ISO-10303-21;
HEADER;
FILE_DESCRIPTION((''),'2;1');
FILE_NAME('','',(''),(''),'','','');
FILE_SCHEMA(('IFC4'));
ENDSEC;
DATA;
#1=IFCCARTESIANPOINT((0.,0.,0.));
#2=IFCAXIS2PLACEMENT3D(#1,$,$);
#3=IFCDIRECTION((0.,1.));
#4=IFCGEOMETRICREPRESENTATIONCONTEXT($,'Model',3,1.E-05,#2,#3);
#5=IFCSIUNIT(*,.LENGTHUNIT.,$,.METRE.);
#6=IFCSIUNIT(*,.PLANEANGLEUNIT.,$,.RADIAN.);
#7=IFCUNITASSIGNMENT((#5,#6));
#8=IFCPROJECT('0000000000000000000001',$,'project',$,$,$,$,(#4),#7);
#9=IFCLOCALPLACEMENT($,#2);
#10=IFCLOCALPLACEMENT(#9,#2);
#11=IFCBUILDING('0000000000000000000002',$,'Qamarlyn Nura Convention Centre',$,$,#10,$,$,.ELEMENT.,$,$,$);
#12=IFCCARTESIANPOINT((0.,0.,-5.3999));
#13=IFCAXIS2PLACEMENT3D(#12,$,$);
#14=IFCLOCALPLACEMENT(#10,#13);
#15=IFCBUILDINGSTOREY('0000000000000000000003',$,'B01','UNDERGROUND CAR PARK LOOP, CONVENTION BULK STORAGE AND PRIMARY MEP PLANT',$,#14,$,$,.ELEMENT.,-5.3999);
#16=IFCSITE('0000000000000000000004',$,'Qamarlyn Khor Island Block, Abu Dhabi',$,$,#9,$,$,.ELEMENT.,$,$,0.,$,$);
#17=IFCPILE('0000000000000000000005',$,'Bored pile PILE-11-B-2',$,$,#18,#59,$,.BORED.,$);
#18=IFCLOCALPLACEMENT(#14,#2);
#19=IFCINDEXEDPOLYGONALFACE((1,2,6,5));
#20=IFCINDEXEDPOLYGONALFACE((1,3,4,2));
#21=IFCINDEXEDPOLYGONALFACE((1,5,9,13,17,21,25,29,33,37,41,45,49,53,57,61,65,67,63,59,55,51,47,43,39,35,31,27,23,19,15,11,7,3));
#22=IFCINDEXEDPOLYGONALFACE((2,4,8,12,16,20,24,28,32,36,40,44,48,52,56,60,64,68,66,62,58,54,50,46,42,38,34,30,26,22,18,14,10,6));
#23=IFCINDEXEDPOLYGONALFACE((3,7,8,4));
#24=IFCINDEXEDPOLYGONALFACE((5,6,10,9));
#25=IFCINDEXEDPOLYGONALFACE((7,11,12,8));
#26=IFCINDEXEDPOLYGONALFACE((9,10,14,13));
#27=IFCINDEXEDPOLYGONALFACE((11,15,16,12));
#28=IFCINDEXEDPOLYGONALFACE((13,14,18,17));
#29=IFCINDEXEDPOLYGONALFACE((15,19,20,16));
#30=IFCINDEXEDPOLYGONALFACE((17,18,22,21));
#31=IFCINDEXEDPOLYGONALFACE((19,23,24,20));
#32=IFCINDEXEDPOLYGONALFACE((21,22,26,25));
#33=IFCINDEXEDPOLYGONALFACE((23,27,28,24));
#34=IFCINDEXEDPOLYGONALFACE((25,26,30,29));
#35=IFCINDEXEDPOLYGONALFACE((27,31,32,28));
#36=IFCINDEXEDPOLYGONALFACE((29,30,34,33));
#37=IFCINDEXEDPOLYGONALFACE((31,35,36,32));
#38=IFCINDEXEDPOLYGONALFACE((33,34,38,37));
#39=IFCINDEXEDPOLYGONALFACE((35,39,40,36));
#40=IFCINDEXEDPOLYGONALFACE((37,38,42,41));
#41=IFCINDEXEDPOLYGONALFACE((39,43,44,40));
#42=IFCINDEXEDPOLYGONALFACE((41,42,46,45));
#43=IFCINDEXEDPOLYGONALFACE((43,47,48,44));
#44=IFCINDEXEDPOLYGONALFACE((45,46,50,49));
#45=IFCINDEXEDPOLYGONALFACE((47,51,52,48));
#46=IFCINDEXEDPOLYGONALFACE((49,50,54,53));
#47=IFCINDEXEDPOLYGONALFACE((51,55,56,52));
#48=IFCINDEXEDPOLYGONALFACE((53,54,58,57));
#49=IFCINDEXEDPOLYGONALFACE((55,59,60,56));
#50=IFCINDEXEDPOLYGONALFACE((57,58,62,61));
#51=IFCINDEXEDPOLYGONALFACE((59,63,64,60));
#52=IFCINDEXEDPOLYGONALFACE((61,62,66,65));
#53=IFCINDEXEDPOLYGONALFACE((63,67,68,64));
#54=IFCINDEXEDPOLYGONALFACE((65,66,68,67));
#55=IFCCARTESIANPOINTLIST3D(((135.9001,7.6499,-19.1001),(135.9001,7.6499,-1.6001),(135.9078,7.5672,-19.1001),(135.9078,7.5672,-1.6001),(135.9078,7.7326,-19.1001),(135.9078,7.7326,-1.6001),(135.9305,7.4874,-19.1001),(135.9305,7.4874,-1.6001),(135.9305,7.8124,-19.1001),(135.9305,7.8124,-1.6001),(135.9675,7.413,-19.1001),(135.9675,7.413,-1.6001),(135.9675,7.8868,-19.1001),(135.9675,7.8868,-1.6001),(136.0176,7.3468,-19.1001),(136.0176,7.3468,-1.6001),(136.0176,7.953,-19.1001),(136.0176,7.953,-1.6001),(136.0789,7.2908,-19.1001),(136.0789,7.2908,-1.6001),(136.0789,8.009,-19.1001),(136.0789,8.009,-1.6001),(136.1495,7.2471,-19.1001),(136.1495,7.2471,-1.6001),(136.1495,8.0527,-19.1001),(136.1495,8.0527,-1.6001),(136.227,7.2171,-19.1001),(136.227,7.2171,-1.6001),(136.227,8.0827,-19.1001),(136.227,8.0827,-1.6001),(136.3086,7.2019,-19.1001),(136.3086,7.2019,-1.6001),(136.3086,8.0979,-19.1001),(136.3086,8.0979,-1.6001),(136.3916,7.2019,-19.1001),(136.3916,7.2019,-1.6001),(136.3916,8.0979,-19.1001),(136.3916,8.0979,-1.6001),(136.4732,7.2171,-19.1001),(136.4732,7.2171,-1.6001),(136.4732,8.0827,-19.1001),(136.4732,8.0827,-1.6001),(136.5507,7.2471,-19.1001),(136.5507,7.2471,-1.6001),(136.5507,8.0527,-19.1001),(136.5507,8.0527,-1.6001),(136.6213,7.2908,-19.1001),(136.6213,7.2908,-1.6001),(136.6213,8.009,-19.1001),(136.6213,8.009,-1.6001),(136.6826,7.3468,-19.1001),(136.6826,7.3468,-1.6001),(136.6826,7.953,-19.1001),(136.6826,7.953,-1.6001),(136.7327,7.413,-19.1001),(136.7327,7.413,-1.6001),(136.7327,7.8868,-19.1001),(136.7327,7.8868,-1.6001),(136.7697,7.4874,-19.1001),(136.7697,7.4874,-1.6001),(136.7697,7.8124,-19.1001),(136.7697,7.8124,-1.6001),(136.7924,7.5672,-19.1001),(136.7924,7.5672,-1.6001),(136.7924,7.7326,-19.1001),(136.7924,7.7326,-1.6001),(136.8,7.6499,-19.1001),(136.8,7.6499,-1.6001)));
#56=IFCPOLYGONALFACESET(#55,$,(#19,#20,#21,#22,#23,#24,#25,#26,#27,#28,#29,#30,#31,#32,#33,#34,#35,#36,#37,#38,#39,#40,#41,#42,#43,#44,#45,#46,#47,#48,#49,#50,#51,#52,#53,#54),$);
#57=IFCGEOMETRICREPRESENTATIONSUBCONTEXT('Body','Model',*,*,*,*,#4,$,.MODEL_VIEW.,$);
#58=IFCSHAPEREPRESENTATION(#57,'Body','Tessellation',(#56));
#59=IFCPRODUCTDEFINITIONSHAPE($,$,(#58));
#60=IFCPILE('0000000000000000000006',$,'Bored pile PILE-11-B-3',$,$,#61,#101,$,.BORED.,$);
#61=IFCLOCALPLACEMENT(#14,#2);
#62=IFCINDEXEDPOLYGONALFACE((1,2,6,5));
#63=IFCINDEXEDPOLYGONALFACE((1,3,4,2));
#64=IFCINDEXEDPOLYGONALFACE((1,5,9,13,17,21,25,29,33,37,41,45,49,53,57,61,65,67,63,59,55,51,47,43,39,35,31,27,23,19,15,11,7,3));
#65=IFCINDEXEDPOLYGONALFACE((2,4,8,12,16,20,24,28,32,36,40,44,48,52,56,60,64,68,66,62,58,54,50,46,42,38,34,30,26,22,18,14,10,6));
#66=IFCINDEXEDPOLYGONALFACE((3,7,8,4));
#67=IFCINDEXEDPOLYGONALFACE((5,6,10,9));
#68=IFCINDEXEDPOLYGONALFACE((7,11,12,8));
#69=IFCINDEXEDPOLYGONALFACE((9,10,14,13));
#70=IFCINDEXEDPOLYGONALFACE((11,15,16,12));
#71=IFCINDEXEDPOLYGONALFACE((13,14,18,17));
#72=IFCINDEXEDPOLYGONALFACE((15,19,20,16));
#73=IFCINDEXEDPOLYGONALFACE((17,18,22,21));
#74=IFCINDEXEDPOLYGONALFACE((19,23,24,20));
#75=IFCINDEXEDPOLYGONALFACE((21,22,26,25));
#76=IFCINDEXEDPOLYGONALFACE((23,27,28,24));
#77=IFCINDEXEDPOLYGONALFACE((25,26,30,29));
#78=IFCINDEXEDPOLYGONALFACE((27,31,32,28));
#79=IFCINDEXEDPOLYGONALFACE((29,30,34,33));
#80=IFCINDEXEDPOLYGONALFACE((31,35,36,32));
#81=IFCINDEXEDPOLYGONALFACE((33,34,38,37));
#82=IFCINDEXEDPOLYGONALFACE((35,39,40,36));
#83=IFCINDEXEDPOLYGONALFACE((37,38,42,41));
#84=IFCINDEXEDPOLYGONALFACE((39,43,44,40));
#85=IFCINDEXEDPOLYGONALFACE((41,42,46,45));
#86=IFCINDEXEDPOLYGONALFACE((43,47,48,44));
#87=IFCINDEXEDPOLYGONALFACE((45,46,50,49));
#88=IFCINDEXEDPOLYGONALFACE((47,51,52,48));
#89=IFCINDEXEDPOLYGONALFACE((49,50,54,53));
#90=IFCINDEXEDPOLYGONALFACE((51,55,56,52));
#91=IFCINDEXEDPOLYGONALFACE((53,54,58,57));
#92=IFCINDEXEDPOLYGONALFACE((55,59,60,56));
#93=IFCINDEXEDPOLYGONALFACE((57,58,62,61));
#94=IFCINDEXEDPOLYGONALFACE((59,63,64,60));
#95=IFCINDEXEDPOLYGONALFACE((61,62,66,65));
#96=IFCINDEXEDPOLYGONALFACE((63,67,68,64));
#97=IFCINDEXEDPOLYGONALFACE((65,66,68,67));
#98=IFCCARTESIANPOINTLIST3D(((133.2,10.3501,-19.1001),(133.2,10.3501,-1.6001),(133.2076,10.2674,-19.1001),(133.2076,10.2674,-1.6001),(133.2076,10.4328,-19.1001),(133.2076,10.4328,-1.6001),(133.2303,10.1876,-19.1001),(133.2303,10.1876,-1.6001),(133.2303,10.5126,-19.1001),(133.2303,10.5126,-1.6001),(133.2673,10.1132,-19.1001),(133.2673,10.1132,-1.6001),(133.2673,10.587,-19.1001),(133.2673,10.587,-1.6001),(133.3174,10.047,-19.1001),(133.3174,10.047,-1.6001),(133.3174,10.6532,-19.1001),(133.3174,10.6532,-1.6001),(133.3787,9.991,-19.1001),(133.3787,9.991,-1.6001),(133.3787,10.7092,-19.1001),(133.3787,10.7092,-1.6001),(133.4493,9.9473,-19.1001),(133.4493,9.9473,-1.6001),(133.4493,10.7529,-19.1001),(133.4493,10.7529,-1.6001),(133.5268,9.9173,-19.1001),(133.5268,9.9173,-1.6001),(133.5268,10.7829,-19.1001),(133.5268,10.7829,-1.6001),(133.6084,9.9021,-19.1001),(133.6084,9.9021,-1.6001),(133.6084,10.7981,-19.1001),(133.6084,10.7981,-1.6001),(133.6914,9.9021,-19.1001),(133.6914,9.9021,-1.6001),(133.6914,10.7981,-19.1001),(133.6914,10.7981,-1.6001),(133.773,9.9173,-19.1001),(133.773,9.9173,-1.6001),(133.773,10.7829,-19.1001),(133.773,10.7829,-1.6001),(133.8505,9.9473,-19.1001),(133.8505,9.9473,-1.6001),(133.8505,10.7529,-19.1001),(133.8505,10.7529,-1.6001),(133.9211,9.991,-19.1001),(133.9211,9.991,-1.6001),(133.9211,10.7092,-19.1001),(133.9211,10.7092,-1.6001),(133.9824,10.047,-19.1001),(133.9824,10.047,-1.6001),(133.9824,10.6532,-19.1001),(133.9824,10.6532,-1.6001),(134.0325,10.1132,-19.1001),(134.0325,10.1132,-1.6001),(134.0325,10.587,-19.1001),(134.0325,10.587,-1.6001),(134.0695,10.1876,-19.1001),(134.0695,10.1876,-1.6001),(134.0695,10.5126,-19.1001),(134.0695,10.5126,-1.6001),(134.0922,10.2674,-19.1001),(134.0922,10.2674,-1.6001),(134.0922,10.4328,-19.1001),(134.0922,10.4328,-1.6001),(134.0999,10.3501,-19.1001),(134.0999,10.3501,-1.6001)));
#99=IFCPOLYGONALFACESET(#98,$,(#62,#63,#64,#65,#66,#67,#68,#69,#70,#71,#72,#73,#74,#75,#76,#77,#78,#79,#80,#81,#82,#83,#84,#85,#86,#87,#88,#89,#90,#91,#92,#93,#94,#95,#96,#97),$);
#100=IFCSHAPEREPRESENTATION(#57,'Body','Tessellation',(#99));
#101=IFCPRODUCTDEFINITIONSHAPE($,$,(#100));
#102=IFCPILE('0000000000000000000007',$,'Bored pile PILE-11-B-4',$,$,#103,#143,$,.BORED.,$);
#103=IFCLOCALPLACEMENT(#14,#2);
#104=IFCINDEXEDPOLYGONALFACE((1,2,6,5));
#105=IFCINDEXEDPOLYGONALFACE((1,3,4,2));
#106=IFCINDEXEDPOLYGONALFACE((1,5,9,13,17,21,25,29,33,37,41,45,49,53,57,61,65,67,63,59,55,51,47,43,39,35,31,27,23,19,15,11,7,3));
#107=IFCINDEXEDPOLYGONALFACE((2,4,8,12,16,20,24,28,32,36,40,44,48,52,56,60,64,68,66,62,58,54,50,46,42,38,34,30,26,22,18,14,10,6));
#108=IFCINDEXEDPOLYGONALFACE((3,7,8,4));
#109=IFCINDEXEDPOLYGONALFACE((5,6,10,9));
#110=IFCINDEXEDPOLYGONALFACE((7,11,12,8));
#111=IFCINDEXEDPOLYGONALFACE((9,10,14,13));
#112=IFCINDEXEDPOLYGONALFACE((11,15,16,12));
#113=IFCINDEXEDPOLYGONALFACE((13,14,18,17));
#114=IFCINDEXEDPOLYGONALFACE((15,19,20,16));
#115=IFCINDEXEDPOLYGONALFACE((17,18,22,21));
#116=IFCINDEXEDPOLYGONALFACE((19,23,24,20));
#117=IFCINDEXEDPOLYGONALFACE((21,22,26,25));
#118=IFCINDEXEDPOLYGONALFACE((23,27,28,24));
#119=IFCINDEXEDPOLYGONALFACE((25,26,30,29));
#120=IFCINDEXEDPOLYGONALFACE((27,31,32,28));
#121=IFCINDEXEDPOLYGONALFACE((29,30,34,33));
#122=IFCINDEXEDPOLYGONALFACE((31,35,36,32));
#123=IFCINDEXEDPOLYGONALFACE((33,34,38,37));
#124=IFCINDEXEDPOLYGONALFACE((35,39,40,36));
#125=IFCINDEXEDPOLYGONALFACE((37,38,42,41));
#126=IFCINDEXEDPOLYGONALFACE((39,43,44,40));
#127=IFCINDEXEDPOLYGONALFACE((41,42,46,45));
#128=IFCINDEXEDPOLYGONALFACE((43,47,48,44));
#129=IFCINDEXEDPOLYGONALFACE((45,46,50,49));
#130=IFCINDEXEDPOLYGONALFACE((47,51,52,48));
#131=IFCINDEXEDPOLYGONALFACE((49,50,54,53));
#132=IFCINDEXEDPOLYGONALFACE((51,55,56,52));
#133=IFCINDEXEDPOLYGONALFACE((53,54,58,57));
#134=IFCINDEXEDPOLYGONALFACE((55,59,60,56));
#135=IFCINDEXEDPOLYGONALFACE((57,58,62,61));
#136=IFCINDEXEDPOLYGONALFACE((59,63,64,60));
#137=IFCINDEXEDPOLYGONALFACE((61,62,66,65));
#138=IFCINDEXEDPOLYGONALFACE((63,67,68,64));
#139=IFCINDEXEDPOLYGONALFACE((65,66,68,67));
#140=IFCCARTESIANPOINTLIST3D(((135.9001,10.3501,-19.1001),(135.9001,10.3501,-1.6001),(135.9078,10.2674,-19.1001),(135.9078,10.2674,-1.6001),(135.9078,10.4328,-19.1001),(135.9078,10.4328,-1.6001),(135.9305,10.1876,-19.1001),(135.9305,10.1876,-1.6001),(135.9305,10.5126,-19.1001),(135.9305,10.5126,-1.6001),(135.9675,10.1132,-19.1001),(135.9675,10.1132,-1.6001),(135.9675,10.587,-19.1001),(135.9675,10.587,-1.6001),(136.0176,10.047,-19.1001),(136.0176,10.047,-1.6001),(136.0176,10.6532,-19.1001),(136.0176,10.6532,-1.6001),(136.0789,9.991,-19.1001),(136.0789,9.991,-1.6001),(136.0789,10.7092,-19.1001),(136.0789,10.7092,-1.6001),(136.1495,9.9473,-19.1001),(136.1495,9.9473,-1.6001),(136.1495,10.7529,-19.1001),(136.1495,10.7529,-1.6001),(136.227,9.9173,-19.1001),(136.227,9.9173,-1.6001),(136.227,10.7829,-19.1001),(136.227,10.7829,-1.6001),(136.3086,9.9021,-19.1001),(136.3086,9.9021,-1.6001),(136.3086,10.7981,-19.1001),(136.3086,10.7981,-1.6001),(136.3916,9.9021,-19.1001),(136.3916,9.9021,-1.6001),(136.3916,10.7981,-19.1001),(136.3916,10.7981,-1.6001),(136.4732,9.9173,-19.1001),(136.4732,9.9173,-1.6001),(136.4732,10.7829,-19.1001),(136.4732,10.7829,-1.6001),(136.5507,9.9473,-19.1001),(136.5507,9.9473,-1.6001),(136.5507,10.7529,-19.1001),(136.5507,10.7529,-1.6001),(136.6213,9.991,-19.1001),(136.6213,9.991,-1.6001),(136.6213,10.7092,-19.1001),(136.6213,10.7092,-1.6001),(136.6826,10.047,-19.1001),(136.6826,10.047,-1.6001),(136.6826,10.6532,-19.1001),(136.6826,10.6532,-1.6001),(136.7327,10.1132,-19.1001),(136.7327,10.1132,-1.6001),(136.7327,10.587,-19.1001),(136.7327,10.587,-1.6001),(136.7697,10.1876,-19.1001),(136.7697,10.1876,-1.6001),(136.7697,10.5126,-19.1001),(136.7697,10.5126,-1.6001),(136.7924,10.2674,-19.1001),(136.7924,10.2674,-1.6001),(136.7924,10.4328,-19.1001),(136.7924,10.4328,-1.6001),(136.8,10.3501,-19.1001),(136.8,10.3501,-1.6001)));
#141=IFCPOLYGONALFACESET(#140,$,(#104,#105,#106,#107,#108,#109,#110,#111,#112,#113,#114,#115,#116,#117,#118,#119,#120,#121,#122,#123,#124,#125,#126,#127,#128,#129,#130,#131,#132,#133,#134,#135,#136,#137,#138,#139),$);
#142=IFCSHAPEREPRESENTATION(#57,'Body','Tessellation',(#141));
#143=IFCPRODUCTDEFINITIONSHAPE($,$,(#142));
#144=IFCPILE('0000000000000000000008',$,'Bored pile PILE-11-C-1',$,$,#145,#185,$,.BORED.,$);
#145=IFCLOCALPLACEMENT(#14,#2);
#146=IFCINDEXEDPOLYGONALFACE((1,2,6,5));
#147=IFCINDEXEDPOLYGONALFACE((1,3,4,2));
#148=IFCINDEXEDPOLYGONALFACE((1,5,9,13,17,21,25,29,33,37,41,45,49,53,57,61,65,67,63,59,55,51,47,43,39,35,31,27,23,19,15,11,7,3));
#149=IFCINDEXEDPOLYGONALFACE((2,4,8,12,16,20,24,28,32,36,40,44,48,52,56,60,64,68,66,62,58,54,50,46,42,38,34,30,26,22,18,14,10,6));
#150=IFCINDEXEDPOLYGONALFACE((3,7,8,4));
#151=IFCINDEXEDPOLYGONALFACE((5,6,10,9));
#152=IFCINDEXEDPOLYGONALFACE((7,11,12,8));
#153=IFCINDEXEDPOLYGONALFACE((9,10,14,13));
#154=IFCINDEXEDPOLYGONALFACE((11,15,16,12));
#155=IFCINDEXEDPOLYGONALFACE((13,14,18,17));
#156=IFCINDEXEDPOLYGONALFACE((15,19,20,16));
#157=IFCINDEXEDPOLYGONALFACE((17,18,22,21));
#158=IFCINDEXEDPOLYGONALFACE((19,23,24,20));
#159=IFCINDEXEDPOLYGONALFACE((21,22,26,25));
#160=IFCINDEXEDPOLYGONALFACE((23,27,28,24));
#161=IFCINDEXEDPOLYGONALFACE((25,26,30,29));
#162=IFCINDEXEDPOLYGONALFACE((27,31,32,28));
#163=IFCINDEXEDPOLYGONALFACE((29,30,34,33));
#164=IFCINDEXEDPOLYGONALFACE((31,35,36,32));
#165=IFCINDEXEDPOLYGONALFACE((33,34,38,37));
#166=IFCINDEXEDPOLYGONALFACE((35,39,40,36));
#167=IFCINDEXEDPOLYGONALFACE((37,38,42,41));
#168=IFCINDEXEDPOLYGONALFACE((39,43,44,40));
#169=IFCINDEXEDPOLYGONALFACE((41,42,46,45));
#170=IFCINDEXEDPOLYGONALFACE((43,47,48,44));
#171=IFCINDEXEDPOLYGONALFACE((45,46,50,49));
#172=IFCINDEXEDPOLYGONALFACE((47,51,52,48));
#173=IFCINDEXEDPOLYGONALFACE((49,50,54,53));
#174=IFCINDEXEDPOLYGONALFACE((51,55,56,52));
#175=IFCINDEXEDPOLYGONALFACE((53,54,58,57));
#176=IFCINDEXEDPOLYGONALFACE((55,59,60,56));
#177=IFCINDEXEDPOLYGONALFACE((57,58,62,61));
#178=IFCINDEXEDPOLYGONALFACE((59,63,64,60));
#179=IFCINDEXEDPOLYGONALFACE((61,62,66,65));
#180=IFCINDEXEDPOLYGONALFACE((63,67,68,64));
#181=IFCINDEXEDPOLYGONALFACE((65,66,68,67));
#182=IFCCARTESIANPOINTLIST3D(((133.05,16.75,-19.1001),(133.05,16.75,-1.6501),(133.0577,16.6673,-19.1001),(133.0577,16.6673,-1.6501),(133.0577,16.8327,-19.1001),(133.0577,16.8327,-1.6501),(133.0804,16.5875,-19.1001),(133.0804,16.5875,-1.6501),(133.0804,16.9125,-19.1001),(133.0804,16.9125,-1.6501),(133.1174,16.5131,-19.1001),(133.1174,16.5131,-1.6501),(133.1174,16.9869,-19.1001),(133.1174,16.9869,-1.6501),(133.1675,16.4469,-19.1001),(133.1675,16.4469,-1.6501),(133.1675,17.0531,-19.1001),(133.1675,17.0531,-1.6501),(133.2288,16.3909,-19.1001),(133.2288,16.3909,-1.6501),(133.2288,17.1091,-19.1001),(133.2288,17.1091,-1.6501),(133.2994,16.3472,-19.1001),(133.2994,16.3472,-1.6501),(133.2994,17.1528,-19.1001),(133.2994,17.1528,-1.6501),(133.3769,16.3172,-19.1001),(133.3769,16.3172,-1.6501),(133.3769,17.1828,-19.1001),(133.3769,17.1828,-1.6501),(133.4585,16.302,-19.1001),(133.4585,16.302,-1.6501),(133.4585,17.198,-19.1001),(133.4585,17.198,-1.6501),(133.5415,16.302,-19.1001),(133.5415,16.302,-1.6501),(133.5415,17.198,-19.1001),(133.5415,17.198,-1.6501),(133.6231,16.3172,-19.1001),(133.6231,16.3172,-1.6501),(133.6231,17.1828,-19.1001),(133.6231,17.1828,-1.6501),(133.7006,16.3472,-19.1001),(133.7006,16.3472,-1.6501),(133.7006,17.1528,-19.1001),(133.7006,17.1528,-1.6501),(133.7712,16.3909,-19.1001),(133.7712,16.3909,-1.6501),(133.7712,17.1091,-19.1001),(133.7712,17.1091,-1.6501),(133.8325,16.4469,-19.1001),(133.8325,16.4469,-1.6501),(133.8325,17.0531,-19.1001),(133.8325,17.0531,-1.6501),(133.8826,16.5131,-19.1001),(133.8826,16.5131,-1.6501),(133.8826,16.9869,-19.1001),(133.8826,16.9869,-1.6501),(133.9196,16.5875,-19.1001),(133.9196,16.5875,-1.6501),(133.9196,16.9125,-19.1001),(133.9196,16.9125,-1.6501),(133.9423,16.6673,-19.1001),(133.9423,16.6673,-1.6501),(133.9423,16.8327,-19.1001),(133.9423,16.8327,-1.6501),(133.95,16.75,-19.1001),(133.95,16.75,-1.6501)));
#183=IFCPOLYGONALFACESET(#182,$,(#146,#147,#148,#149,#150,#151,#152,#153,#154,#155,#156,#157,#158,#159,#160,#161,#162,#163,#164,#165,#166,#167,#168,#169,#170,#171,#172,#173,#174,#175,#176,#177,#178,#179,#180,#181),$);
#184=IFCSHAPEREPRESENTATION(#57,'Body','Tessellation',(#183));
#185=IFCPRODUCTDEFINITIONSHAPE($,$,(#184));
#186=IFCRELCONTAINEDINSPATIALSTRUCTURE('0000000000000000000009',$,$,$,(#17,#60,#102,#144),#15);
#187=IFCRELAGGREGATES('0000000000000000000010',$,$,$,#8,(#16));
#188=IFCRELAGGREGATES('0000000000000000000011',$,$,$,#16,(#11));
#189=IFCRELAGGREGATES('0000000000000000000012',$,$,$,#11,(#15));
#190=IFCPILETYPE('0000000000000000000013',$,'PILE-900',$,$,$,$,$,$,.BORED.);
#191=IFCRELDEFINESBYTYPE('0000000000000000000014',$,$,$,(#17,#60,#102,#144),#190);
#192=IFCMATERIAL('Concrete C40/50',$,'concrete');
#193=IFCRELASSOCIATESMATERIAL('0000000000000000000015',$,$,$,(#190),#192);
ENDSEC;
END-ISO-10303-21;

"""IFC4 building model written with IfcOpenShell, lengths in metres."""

from ifc_helpers import new_model, si_unit, direction, frame, origin, origin_2d, place, context, subcontext, project, spatial, circle, extrude, material, material_profile, profile_set, type_object, element, save


model = new_model("IFC4")

# Units and contexts
model_context = context("Model", 3, precision=1e-05, world=origin(), true_north=direction((0.0, 1.0)))
body_context = subcontext(model_context, "Body", "Model", "MODEL_VIEW")
ifc_project = project(units=[si_unit("LENGTHUNIT", "METRE"), si_unit("PLANEANGLEUNIT", "RADIAN")], contexts=[model_context])

# Site, building, storey
site_placement = place(None, origin())
site = spatial("IfcSite", under=ifc_project, at=site_placement, Name="Qamarlyn Khor Island Block, Abu Dhabi", CompositionType="ELEMENT", RefElevation=0.0)
building_placement = place(site_placement, origin())
building = spatial("IfcBuilding", under=site, at=building_placement, Name="Qamarlyn Nura Convention Centre", CompositionType="ELEMENT")
storey_placement = place(building_placement, frame((0.0, 0.0, -5.3999)))
storey = spatial("IfcBuildingStorey", under=building, at=storey_placement, Name="B01", Description="UNDERGROUND CAR PARK LOOP, CONVENTION BULK STORAGE AND PRIMARY MEP PLANT", CompositionType="ELEMENT", Elevation=-5.3999)

# Shared definitions
ifc_material_1 = material(Name="Concrete C40/50", Category="concrete")

# Piles
ifc_material_profile_1 = material_profile(ifc_material_1, circle(Radius=0.45, at=origin_2d()), Name="BORED PILE 900")
ifc_profile_set_1 = profile_set([ifc_material_profile_1], Name="Concrete C40/50")
pile_type = type_object("IfcPileType", Name="PILE-900", PredefinedType="BORED", material=ifc_profile_set_1)
for number, where, z_axis, x_axis, name in (
    (1, (136.3501, 7.6499, -1.6001), (0.0, 0.0, -1.0), (1.0, 0.0, 0.0), "Bored pile PILE-11-B-2"),
    (2, (133.6499, 10.3501, -1.6001), (0.0, 0.0, -1.0), (1.0, 0.0, 0.0), "Bored pile PILE-11-B-3"),
    (3, (136.3501, 10.3501, -1.6001), (0.0, 0.0, -1.0), (1.0, 0.0, 0.0), "Bored pile PILE-11-B-4"),
):
    element("IfcPile", number, at=place(storey_placement, frame(where, z_axis=z_axis, x_axis=x_axis)), inside=storey, type_object=pile_type, Name=name, PredefinedType="BORED", context=body_context, shape_type="SweptSolid", body=[
        extrude(circle(Radius=0.45, at=origin_2d()), origin(), (0.0, 0.0, 1.0), 17.5),
    ])
for number, where, z_axis, x_axis, name in (
    (4, (133.5, 16.75, -1.6501), (0.0, 0.0, -1.0), (1.0, 0.0, 0.0), "Bored pile PILE-11-C-1"),
):
    element("IfcPile", number, at=place(storey_placement, frame(where, z_axis=z_axis, x_axis=x_axis)), inside=storey, type_object=pile_type, Name=name, PredefinedType="BORED", context=body_context, shape_type="SweptSolid", body=[
        extrude(circle(Radius=0.45, at=origin_2d()), origin(), (0.0, 0.0, 1.0), 17.45),
    ])

save(model, "model.ifc")
